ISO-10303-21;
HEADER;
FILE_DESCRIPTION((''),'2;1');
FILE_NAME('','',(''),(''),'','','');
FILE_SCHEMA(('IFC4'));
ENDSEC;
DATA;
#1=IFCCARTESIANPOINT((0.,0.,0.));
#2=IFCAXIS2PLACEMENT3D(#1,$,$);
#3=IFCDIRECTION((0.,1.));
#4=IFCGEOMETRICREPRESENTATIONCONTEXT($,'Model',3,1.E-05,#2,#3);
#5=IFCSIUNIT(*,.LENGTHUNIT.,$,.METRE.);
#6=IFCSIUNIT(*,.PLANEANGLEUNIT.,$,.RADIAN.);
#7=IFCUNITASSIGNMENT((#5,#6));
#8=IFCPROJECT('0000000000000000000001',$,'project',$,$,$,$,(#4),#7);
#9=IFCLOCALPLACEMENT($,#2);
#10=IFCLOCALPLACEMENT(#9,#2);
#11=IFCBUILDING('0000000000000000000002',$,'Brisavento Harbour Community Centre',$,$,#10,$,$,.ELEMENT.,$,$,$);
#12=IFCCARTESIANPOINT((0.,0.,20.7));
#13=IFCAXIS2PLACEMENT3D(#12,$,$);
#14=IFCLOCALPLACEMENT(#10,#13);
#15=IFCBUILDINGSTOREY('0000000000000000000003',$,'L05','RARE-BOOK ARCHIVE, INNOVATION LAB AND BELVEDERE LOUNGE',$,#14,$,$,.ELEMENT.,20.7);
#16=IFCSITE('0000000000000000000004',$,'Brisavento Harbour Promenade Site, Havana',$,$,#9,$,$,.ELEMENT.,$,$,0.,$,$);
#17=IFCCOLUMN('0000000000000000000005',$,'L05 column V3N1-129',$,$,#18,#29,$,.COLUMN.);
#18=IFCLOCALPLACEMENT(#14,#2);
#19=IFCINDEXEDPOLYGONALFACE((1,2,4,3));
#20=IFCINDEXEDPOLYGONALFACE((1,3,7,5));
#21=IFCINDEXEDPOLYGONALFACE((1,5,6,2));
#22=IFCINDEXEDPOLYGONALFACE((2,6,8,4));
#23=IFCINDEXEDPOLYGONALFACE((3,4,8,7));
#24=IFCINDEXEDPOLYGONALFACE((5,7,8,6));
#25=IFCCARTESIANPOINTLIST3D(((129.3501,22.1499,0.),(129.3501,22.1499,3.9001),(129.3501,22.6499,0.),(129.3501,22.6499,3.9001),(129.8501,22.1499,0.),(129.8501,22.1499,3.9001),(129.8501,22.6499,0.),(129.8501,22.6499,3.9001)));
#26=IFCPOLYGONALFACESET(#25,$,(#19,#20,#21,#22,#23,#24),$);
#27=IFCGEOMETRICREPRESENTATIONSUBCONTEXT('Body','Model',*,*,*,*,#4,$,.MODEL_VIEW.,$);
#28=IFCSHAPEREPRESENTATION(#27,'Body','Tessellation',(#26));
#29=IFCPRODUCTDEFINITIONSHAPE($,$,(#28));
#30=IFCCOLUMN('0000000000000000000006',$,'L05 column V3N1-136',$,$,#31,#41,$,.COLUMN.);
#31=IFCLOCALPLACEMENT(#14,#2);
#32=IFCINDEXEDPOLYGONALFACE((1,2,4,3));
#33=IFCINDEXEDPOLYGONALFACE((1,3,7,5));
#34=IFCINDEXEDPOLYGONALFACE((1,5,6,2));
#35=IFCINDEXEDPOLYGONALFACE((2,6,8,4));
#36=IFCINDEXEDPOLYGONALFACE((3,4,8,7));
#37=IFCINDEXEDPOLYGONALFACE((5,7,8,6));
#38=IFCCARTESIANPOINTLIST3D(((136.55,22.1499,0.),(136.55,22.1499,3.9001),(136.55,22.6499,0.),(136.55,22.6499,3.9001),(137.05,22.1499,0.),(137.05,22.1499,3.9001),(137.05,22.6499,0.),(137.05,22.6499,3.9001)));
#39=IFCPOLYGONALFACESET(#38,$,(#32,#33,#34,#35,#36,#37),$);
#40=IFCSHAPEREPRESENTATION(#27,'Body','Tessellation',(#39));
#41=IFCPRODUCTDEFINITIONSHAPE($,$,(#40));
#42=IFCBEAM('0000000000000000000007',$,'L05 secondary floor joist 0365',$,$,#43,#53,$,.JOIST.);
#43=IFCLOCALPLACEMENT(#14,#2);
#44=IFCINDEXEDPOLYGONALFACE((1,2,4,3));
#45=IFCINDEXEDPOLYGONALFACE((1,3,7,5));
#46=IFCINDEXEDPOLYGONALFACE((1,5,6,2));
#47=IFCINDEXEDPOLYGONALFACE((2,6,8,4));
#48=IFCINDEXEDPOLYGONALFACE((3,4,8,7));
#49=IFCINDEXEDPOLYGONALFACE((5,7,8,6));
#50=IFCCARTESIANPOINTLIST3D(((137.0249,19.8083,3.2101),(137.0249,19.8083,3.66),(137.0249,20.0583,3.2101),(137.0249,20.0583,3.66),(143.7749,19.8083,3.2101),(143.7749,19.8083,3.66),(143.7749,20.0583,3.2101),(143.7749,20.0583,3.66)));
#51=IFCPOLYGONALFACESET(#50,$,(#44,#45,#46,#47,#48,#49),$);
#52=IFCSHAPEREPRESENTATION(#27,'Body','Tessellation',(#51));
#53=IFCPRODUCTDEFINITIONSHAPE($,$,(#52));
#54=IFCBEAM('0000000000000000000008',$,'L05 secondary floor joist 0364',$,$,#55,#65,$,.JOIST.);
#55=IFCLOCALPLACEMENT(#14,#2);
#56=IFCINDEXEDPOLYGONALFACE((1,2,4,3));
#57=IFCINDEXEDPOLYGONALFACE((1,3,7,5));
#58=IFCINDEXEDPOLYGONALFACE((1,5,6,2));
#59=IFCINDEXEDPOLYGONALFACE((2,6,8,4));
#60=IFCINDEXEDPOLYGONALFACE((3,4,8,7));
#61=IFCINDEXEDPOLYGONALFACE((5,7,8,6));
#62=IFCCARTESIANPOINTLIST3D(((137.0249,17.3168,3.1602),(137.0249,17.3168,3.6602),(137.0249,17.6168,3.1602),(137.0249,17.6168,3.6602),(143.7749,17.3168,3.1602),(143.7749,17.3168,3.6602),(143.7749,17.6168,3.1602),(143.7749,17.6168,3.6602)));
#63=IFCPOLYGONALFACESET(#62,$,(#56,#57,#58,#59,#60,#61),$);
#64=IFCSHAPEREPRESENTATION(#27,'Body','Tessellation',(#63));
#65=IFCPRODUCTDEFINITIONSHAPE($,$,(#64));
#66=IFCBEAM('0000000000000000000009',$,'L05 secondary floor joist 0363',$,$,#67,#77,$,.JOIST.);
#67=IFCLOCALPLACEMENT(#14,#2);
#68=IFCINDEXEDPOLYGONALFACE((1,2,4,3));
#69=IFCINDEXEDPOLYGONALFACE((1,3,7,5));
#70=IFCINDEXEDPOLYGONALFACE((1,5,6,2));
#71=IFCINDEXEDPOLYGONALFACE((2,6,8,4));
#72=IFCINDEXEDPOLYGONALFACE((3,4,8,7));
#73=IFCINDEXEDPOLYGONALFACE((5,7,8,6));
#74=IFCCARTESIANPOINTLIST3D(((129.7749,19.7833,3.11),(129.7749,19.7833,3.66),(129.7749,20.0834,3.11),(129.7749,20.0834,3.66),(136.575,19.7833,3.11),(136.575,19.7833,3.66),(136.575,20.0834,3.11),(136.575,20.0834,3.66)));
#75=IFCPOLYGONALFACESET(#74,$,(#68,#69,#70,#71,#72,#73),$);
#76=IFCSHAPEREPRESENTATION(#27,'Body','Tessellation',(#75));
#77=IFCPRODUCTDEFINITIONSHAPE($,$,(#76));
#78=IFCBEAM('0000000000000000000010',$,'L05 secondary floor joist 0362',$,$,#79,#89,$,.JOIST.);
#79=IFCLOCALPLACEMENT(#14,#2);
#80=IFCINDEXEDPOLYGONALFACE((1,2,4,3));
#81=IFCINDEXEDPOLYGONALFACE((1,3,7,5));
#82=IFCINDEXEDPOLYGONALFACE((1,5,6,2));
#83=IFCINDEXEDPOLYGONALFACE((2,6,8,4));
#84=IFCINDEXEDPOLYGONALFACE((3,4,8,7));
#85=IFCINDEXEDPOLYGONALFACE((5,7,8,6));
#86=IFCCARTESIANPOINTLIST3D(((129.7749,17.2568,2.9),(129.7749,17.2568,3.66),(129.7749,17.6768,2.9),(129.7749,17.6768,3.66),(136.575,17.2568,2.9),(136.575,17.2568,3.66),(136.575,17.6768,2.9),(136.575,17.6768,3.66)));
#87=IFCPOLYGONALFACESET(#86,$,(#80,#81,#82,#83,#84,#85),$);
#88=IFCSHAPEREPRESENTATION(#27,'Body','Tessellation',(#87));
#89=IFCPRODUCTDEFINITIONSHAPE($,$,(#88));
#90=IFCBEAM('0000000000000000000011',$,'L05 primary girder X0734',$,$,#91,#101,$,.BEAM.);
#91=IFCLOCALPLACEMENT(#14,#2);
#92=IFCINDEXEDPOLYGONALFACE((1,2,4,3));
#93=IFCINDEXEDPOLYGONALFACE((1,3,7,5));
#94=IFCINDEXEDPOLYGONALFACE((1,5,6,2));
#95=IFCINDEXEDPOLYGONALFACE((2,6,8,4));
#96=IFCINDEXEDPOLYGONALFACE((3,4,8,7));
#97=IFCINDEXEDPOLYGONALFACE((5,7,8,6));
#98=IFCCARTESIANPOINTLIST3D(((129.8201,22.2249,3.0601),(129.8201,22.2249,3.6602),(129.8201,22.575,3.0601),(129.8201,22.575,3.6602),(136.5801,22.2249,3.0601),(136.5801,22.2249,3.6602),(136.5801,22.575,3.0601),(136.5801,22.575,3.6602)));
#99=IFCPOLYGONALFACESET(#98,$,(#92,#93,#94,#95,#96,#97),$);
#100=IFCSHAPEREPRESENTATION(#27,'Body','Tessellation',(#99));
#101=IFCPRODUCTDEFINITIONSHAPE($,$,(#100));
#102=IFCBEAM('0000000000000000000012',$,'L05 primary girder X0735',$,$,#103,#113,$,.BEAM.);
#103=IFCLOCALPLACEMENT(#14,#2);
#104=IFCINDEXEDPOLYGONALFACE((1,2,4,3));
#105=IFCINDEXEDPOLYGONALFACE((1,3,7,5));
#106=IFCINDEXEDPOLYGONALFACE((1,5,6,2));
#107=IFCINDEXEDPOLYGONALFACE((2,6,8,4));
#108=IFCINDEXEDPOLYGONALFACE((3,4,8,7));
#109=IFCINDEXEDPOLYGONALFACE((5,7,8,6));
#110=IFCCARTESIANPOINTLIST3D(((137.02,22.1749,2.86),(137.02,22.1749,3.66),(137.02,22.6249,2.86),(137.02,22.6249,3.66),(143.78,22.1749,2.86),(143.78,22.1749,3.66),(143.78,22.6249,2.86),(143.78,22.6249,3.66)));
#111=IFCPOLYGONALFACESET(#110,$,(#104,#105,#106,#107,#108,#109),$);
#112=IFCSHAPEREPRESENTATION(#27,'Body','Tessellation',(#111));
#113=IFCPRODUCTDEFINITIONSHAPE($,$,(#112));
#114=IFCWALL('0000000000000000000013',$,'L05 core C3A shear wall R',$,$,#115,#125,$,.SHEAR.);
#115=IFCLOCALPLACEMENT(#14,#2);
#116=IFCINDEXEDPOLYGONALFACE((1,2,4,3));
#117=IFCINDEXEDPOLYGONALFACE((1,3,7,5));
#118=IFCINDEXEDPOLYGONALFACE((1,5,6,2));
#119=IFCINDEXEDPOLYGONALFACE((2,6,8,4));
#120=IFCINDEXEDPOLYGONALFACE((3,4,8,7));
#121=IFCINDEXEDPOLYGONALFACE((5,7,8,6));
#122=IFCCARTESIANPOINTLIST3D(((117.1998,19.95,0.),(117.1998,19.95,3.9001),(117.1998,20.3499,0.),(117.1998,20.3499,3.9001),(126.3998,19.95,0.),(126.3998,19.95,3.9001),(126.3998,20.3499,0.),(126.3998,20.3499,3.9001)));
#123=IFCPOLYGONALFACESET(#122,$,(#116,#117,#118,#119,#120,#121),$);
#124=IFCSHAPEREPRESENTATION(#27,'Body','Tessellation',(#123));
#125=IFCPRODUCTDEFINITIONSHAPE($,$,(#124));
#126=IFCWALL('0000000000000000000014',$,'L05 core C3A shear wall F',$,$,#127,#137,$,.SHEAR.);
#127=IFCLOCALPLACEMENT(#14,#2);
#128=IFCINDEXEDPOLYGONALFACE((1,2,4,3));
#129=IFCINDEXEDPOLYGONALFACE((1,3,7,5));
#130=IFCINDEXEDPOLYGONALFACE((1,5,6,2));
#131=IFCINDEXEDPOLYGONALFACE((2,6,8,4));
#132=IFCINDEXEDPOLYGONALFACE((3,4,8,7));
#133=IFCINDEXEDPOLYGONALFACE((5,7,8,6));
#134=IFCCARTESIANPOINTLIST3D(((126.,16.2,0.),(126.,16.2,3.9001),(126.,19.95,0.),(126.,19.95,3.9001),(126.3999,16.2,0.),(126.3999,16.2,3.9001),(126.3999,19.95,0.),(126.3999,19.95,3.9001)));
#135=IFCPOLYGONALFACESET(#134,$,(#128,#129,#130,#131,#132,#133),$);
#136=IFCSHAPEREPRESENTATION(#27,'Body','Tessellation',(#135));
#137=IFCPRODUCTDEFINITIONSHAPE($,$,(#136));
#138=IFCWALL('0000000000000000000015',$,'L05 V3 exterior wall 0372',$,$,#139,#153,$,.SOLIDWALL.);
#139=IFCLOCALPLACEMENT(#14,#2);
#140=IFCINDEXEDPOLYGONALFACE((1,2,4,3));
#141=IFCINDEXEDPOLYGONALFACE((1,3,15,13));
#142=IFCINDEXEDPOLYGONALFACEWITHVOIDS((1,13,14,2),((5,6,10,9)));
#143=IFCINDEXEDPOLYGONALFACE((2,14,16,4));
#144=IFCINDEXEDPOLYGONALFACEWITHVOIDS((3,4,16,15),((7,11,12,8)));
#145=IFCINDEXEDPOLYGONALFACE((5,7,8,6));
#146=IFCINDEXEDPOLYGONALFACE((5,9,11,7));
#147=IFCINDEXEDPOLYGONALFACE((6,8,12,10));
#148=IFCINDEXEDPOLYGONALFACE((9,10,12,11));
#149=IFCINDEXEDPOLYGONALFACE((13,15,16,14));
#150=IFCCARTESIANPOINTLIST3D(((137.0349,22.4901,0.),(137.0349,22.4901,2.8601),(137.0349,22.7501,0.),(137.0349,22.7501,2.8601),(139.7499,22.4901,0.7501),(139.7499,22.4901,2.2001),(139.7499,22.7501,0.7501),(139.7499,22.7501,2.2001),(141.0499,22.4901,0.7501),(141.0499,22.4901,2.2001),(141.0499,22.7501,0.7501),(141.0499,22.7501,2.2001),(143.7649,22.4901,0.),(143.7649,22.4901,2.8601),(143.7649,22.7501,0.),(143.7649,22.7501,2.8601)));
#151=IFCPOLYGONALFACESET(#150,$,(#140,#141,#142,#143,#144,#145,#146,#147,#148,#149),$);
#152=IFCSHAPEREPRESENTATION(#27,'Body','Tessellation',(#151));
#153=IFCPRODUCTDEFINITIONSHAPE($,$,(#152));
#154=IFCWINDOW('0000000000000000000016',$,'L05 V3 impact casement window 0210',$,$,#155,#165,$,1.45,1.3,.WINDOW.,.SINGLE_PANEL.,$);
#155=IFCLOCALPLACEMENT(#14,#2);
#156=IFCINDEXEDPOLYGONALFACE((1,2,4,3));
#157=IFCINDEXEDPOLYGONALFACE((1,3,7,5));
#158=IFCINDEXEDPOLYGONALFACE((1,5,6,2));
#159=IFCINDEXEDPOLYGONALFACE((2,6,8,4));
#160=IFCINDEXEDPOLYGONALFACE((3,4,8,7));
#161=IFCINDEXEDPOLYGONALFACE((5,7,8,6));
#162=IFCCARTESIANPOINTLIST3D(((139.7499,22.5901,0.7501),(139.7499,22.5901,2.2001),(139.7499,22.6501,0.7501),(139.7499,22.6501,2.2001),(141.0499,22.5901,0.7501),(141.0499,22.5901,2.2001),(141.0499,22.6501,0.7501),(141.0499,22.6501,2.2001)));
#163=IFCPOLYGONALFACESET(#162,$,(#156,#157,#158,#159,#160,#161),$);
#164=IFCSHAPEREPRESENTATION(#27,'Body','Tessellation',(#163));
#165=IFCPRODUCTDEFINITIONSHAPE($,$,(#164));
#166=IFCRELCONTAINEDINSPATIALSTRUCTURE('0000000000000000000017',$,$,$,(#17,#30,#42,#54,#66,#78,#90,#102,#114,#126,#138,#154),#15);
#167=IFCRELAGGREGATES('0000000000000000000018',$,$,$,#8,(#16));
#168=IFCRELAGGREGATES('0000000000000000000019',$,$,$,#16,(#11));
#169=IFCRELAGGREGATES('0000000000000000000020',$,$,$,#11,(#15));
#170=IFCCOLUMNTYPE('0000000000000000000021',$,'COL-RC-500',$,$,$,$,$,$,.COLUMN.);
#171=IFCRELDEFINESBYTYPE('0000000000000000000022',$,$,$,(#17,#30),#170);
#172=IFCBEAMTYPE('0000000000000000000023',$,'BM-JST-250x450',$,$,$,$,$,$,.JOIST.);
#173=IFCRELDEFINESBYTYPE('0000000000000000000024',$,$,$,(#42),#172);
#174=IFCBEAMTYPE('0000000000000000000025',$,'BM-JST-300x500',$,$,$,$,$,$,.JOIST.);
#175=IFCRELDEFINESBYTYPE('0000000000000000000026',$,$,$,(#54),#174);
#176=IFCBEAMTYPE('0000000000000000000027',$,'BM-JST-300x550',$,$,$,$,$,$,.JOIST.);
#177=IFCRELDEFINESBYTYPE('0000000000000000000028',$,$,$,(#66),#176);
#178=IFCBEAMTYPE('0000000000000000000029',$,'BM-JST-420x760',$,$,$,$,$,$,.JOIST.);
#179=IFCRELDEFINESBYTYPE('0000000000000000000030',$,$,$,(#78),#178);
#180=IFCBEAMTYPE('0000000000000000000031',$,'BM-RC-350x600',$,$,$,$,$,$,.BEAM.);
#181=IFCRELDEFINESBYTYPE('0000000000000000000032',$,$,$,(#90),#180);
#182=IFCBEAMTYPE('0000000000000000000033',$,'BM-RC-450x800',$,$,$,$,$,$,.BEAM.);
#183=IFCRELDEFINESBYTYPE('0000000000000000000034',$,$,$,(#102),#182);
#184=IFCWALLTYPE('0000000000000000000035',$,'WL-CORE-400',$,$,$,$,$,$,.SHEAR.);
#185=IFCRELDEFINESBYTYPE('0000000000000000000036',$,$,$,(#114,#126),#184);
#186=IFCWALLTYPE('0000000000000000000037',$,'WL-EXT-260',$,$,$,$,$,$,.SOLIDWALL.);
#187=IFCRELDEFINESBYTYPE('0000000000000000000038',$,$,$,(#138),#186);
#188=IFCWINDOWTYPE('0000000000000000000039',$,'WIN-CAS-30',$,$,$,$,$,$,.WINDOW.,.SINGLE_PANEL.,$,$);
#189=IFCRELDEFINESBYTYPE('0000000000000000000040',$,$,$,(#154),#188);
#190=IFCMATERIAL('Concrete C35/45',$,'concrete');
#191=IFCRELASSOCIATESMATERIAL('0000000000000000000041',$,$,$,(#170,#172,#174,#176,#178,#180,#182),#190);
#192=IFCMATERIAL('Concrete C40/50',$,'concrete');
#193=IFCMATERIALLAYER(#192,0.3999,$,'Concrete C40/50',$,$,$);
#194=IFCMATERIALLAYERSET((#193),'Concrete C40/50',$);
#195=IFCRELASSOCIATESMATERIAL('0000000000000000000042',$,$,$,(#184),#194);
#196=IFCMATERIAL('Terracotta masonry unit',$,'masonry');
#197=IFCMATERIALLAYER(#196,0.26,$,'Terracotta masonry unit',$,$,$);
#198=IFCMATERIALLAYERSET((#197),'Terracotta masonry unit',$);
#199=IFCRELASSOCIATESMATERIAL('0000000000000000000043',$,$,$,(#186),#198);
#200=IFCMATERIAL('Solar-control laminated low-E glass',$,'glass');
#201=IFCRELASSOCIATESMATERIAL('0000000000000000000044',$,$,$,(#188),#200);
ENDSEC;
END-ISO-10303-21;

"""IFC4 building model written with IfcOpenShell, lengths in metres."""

from ifc_helpers import new_model, si_unit, direction, frame, frame_2d, origin, origin_2d, place, context, subcontext, project, spatial, rectangle, extrude, material, layer, layer_set, material_profile, profile_set, type_object, element, fill, save


model = new_model("IFC4")

# Units and contexts
model_context = context("Model", 3, precision=1e-05, world=origin(), true_north=direction((0.0, 1.0)))
body_context = subcontext(model_context, "Body", "Model", "MODEL_VIEW")
ifc_project = project(units=[si_unit("LENGTHUNIT", "METRE"), si_unit("PLANEANGLEUNIT", "RADIAN")], contexts=[model_context])

# Site, building, storey
site_placement = place(None, origin())
site = spatial("IfcSite", under=ifc_project, at=site_placement, Name="Brisavento Harbour Promenade Site, Havana", CompositionType="ELEMENT", RefElevation=0.0)
building_placement = place(site_placement, origin())
building = spatial("IfcBuilding", under=site, at=building_placement, Name="Brisavento Harbour Community Centre", CompositionType="ELEMENT")
storey_placement = place(building_placement, frame((0.0, 0.0, 20.7)))
storey = spatial("IfcBuildingStorey", under=building, at=storey_placement, Name="L05", Description="RARE-BOOK ARCHIVE, INNOVATION LAB AND BELVEDERE LOUNGE", CompositionType="ELEMENT", Elevation=20.7)

# Columns
ifc_material_1 = material(Name="Concrete C35/45", Category="concrete")
ifc_material_profile_1 = material_profile(ifc_material_1, rectangle(XDim=0.5, YDim=0.5, at=origin_2d()), Name="Concrete C35/45")
ifc_profile_set_1 = profile_set([ifc_material_profile_1], Name="Concrete C35/45")
column_type = type_object("IfcColumnType", Name="COL-RC-500", PredefinedType="COLUMN", material=ifc_profile_set_1)
for number, where, z_axis, x_axis, name in (
    (1, (129.6001, 22.3999, 0.0), (0.0, 0.0, 1.0), (1.0, 0.0, 0.0), "L05 column V3N1-129"),
    (2, (136.8, 22.3999, 0.0), (0.0, 0.0, 1.0), (1.0, 0.0, 0.0), "L05 column V3N1-136"),
):
    element("IfcColumn", number, at=place(storey_placement, frame(where, z_axis=z_axis, x_axis=x_axis)), inside=storey, type_object=column_type, Name=name, PredefinedType="COLUMN", context=body_context, shape_type="SweptSolid", body=[
        extrude(rectangle(XDim=0.5, YDim=0.5, at=origin_2d()), origin(), (0.0, 0.0, 1.0), 3.9001),
    ])

# Beams
ifc_material_profile_2 = material_profile(ifc_material_1, rectangle(XDim=0.25, YDim=0.45, at=origin_2d()), Name="Concrete C35/45")
ifc_profile_set_2 = profile_set([ifc_material_profile_2], Name="Concrete C35/45")
beam_type_1 = type_object("IfcBeamType", Name="BM-JST-250x450", PredefinedType="JOIST", material=ifc_profile_set_2)
beam_1_placement = place(storey_placement, frame((137.0249, 19.9333, 3.4351), z_axis=(1.0, 0.0, 0.0), x_axis=(0.0, 1.0, 0.0)))
element("IfcBeam", 3, at=beam_1_placement, inside=storey, type_object=beam_type_1, Name="L05 secondary floor joist 0365", PredefinedType="JOIST", context=body_context, shape_type="SweptSolid", body=[
    extrude(rectangle(XDim=0.25, YDim=0.45, at=origin_2d()), origin(), (0.0, 0.0, 1.0), 6.75),
])
ifc_material_profile_3 = material_profile(ifc_material_1, rectangle(XDim=0.3, YDim=0.5, at=origin_2d()), Name="Concrete C35/45")
ifc_profile_set_3 = profile_set([ifc_material_profile_3], Name="Concrete C35/45")
beam_type_2 = type_object("IfcBeamType", Name="BM-JST-300x500", PredefinedType="JOIST", material=ifc_profile_set_3)
beam_2_placement = place(storey_placement, frame((137.0249, 17.4668, 3.4102), z_axis=(1.0, 0.0, 0.0), x_axis=(0.0, 1.0, 0.0)))
element("IfcBeam", 4, at=beam_2_placement, inside=storey, type_object=beam_type_2, Name="L05 secondary floor joist 0364", PredefinedType="JOIST", context=body_context, shape_type="SweptSolid", body=[
    extrude(rectangle(XDim=0.3, YDim=0.5, at=origin_2d()), origin(), (0.0, 0.0, 1.0), 6.75),
])
ifc_material_profile_4 = material_profile(ifc_material_1, rectangle(XDim=0.3, YDim=0.55, at=origin_2d()), Name="Concrete C35/45")
ifc_profile_set_4 = profile_set([ifc_material_profile_4], Name="Concrete C35/45")
beam_type_3 = type_object("IfcBeamType", Name="BM-JST-300x550", PredefinedType="JOIST", material=ifc_profile_set_4)
beam_3_placement = place(storey_placement, frame((129.7749, 19.9333, 3.385), z_axis=(1.0, 0.0, 0.0), x_axis=(0.0, 1.0, 0.0)))
element("IfcBeam", 5, at=beam_3_placement, inside=storey, type_object=beam_type_3, Name="L05 secondary floor joist 0363", PredefinedType="JOIST", context=body_context, shape_type="SweptSolid", body=[
    extrude(rectangle(XDim=0.3, YDim=0.55, at=origin_2d()), origin(), (0.0, 0.0, 1.0), 6.8),
])
ifc_material_profile_5 = material_profile(ifc_material_1, rectangle(XDim=0.4199, YDim=0.76, at=origin_2d()), Name="Concrete C35/45")
ifc_profile_set_5 = profile_set([ifc_material_profile_5], Name="Concrete C35/45")
beam_type_4 = type_object("IfcBeamType", Name="BM-JST-420x760", PredefinedType="JOIST", material=ifc_profile_set_5)
beam_4_placement = place(storey_placement, frame((129.7749, 17.4668, 3.28), z_axis=(1.0, 0.0, 0.0), x_axis=(0.0, 1.0, 0.0)))
element("IfcBeam", 6, at=beam_4_placement, inside=storey, type_object=beam_type_4, Name="L05 secondary floor joist 0362", PredefinedType="JOIST", context=body_context, shape_type="SweptSolid", body=[
    extrude(rectangle(XDim=0.4199, YDim=0.76, at=origin_2d()), origin(), (0.0, 0.0, 1.0), 6.8),
])
ifc_material_profile_6 = material_profile(ifc_material_1, rectangle(XDim=0.3501, YDim=0.6001, at=origin_2d()), Name="Concrete C35/45")
ifc_profile_set_6 = profile_set([ifc_material_profile_6], Name="Concrete C35/45")
beam_type_5 = type_object("IfcBeamType", Name="BM-RC-350x600", PredefinedType="BEAM", material=ifc_profile_set_6)
beam_5_placement = place(storey_placement, frame((129.8201, 22.3999, 3.3601), z_axis=(1.0, 0.0, 0.0), x_axis=(0.0, 1.0, 0.0)))
element("IfcBeam", 7, at=beam_5_placement, inside=storey, type_object=beam_type_5, Name="L05 primary girder X0734", PredefinedType="BEAM", context=body_context, shape_type="SweptSolid", body=[
    extrude(rectangle(XDim=0.3501, YDim=0.6001, at=origin_2d()), origin(), (0.0, 0.0, 1.0), 6.76),
])
ifc_material_profile_7 = material_profile(ifc_material_1, rectangle(XDim=0.45, YDim=0.8, at=origin_2d()), Name="Concrete C35/45")
ifc_profile_set_7 = profile_set([ifc_material_profile_7], Name="Concrete C35/45")
beam_type_6 = type_object("IfcBeamType", Name="BM-RC-450x800", PredefinedType="BEAM", material=ifc_profile_set_7)
beam_6_placement = place(storey_placement, frame((137.02, 22.3999, 3.26), z_axis=(1.0, 0.0, 0.0), x_axis=(0.0, 1.0, 0.0)))
element("IfcBeam", 8, at=beam_6_placement, inside=storey, type_object=beam_type_6, Name="L05 primary girder X0735", PredefinedType="BEAM", context=body_context, shape_type="SweptSolid", body=[
    extrude(rectangle(XDim=0.45, YDim=0.8, at=origin_2d()), origin(), (0.0, 0.0, 1.0), 6.76),
])

# Walls
ifc_material_2 = material(Name="Concrete C40/50", Category="concrete")
ifc_layer_1 = layer(ifc_material_2, 0.3999, Name="Concrete C40/50")
ifc_layer_set_1 = layer_set([ifc_layer_1], Name="Concrete C40/50")
wall_type_1 = type_object("IfcWallType", Name="WL-CORE-400", PredefinedType="SHEAR", material=ifc_layer_set_1)
wall_1_placement = place(storey_placement, frame((126.3999, 20.1499, 0.0), z_axis=(0.0, 0.0, 1.0), x_axis=(-1.0, 0.0, 0.0)))
element("IfcWall", 9, at=wall_1_placement, inside=storey, type_object=wall_type_1, Name="L05 core C3A shear wall R", PredefinedType="SHEAR", context=body_context, shape_type="SweptSolid", body=[
    extrude(rectangle(XDim=9.2, YDim=0.3999, at=frame_2d((4.6001, 0.0))), origin(), (0.0, 0.0, 1.0), 3.9001),
])
wall_2_placement = place(storey_placement, frame((126.2, 16.2, 0.0), z_axis=(0.0, 0.0, 1.0), x_axis=(0.0, 1.0, 0.0)))
element("IfcWall", 10, at=wall_2_placement, inside=storey, type_object=wall_type_1, Name="L05 core C3A shear wall F", PredefinedType="SHEAR", context=body_context, shape_type="SweptSolid", body=[
    extrude(rectangle(XDim=3.75, YDim=0.3999, at=frame_2d((1.875, 0.0))), origin(), (0.0, 0.0, 1.0), 3.9001),
])

# Wall, opening, window
ifc_material_3 = material(Name="Terracotta masonry unit", Category="masonry")
ifc_layer_2 = layer(ifc_material_3, 0.26, Name="Terracotta masonry unit")
ifc_layer_set_2 = layer_set([ifc_layer_2], Name="Terracotta masonry unit")
wall_type_2 = type_object("IfcWallType", Name="WL-EXT-260", PredefinedType="SOLIDWALL", material=ifc_layer_set_2)
wall_3_placement = place(storey_placement, frame((137.0349, 22.6201, 0.0), z_axis=(0.0, 0.0, 1.0), x_axis=(1.0, 0.0, 0.0)))
wall_3 = element("IfcWall", 11, at=wall_3_placement, inside=storey, type_object=wall_type_2, Name="L05 V3 exterior wall 0372", PredefinedType="SOLIDWALL", context=body_context, shape_type="SweptSolid", body=[
    extrude(rectangle(XDim=6.73, YDim=0.26, at=frame_2d((3.365, 0.0))), origin(), (0.0, 0.0, 1.0), 2.8601),
])
opening_1_placement = place(wall_3_placement, frame((2.7151, 0.0, 0.75)))
opening_1 = element("IfcOpeningElement", 12, at=opening_1_placement, cuts=wall_3, PredefinedType="OPENING", context=body_context, shape_type="SweptSolid", body=[
    extrude(rectangle(XDim=1.3, YDim=1.45, at=frame_2d((0.6499, 0.7251))), frame((0.0, 0.1401, 0.0), z_axis=(0.0, -1.0, 0.0), x_axis=(1.0, 0.0, 0.0)), (0.0, 0.0, 1.0), 0.28),
])
ifc_material_4 = material(Name="Solar-control laminated low-E glass", Category="glass")
window_type_1 = type_object("IfcWindowType", Name="WIN-CAS-30", PartitioningType="SINGLE_PANEL", PredefinedType="WINDOW", material=ifc_material_4)
window_1_placement = place(opening_1_placement, origin())
window_1 = element("IfcWindow", 13, at=window_1_placement, inside=storey, type_object=window_type_1, Name="L05 V3 impact casement window 0210", OverallHeight=1.45, OverallWidth=1.3, PartitioningType="SINGLE_PANEL", PredefinedType="WINDOW", context=body_context, shape_type="SweptSolid", body=[
    extrude(rectangle(XDim=1.3, YDim=1.45, at=frame_2d((0.6499, 0.7251))), frame((0.0, 0.03, 0.0), z_axis=(0.0, -1.0, 0.0), x_axis=(1.0, 0.0, 0.0)), (0.0, 0.0, 1.0), 0.0601),
])
fill(opening_1, window_1)

save(model, "model.ifc")
